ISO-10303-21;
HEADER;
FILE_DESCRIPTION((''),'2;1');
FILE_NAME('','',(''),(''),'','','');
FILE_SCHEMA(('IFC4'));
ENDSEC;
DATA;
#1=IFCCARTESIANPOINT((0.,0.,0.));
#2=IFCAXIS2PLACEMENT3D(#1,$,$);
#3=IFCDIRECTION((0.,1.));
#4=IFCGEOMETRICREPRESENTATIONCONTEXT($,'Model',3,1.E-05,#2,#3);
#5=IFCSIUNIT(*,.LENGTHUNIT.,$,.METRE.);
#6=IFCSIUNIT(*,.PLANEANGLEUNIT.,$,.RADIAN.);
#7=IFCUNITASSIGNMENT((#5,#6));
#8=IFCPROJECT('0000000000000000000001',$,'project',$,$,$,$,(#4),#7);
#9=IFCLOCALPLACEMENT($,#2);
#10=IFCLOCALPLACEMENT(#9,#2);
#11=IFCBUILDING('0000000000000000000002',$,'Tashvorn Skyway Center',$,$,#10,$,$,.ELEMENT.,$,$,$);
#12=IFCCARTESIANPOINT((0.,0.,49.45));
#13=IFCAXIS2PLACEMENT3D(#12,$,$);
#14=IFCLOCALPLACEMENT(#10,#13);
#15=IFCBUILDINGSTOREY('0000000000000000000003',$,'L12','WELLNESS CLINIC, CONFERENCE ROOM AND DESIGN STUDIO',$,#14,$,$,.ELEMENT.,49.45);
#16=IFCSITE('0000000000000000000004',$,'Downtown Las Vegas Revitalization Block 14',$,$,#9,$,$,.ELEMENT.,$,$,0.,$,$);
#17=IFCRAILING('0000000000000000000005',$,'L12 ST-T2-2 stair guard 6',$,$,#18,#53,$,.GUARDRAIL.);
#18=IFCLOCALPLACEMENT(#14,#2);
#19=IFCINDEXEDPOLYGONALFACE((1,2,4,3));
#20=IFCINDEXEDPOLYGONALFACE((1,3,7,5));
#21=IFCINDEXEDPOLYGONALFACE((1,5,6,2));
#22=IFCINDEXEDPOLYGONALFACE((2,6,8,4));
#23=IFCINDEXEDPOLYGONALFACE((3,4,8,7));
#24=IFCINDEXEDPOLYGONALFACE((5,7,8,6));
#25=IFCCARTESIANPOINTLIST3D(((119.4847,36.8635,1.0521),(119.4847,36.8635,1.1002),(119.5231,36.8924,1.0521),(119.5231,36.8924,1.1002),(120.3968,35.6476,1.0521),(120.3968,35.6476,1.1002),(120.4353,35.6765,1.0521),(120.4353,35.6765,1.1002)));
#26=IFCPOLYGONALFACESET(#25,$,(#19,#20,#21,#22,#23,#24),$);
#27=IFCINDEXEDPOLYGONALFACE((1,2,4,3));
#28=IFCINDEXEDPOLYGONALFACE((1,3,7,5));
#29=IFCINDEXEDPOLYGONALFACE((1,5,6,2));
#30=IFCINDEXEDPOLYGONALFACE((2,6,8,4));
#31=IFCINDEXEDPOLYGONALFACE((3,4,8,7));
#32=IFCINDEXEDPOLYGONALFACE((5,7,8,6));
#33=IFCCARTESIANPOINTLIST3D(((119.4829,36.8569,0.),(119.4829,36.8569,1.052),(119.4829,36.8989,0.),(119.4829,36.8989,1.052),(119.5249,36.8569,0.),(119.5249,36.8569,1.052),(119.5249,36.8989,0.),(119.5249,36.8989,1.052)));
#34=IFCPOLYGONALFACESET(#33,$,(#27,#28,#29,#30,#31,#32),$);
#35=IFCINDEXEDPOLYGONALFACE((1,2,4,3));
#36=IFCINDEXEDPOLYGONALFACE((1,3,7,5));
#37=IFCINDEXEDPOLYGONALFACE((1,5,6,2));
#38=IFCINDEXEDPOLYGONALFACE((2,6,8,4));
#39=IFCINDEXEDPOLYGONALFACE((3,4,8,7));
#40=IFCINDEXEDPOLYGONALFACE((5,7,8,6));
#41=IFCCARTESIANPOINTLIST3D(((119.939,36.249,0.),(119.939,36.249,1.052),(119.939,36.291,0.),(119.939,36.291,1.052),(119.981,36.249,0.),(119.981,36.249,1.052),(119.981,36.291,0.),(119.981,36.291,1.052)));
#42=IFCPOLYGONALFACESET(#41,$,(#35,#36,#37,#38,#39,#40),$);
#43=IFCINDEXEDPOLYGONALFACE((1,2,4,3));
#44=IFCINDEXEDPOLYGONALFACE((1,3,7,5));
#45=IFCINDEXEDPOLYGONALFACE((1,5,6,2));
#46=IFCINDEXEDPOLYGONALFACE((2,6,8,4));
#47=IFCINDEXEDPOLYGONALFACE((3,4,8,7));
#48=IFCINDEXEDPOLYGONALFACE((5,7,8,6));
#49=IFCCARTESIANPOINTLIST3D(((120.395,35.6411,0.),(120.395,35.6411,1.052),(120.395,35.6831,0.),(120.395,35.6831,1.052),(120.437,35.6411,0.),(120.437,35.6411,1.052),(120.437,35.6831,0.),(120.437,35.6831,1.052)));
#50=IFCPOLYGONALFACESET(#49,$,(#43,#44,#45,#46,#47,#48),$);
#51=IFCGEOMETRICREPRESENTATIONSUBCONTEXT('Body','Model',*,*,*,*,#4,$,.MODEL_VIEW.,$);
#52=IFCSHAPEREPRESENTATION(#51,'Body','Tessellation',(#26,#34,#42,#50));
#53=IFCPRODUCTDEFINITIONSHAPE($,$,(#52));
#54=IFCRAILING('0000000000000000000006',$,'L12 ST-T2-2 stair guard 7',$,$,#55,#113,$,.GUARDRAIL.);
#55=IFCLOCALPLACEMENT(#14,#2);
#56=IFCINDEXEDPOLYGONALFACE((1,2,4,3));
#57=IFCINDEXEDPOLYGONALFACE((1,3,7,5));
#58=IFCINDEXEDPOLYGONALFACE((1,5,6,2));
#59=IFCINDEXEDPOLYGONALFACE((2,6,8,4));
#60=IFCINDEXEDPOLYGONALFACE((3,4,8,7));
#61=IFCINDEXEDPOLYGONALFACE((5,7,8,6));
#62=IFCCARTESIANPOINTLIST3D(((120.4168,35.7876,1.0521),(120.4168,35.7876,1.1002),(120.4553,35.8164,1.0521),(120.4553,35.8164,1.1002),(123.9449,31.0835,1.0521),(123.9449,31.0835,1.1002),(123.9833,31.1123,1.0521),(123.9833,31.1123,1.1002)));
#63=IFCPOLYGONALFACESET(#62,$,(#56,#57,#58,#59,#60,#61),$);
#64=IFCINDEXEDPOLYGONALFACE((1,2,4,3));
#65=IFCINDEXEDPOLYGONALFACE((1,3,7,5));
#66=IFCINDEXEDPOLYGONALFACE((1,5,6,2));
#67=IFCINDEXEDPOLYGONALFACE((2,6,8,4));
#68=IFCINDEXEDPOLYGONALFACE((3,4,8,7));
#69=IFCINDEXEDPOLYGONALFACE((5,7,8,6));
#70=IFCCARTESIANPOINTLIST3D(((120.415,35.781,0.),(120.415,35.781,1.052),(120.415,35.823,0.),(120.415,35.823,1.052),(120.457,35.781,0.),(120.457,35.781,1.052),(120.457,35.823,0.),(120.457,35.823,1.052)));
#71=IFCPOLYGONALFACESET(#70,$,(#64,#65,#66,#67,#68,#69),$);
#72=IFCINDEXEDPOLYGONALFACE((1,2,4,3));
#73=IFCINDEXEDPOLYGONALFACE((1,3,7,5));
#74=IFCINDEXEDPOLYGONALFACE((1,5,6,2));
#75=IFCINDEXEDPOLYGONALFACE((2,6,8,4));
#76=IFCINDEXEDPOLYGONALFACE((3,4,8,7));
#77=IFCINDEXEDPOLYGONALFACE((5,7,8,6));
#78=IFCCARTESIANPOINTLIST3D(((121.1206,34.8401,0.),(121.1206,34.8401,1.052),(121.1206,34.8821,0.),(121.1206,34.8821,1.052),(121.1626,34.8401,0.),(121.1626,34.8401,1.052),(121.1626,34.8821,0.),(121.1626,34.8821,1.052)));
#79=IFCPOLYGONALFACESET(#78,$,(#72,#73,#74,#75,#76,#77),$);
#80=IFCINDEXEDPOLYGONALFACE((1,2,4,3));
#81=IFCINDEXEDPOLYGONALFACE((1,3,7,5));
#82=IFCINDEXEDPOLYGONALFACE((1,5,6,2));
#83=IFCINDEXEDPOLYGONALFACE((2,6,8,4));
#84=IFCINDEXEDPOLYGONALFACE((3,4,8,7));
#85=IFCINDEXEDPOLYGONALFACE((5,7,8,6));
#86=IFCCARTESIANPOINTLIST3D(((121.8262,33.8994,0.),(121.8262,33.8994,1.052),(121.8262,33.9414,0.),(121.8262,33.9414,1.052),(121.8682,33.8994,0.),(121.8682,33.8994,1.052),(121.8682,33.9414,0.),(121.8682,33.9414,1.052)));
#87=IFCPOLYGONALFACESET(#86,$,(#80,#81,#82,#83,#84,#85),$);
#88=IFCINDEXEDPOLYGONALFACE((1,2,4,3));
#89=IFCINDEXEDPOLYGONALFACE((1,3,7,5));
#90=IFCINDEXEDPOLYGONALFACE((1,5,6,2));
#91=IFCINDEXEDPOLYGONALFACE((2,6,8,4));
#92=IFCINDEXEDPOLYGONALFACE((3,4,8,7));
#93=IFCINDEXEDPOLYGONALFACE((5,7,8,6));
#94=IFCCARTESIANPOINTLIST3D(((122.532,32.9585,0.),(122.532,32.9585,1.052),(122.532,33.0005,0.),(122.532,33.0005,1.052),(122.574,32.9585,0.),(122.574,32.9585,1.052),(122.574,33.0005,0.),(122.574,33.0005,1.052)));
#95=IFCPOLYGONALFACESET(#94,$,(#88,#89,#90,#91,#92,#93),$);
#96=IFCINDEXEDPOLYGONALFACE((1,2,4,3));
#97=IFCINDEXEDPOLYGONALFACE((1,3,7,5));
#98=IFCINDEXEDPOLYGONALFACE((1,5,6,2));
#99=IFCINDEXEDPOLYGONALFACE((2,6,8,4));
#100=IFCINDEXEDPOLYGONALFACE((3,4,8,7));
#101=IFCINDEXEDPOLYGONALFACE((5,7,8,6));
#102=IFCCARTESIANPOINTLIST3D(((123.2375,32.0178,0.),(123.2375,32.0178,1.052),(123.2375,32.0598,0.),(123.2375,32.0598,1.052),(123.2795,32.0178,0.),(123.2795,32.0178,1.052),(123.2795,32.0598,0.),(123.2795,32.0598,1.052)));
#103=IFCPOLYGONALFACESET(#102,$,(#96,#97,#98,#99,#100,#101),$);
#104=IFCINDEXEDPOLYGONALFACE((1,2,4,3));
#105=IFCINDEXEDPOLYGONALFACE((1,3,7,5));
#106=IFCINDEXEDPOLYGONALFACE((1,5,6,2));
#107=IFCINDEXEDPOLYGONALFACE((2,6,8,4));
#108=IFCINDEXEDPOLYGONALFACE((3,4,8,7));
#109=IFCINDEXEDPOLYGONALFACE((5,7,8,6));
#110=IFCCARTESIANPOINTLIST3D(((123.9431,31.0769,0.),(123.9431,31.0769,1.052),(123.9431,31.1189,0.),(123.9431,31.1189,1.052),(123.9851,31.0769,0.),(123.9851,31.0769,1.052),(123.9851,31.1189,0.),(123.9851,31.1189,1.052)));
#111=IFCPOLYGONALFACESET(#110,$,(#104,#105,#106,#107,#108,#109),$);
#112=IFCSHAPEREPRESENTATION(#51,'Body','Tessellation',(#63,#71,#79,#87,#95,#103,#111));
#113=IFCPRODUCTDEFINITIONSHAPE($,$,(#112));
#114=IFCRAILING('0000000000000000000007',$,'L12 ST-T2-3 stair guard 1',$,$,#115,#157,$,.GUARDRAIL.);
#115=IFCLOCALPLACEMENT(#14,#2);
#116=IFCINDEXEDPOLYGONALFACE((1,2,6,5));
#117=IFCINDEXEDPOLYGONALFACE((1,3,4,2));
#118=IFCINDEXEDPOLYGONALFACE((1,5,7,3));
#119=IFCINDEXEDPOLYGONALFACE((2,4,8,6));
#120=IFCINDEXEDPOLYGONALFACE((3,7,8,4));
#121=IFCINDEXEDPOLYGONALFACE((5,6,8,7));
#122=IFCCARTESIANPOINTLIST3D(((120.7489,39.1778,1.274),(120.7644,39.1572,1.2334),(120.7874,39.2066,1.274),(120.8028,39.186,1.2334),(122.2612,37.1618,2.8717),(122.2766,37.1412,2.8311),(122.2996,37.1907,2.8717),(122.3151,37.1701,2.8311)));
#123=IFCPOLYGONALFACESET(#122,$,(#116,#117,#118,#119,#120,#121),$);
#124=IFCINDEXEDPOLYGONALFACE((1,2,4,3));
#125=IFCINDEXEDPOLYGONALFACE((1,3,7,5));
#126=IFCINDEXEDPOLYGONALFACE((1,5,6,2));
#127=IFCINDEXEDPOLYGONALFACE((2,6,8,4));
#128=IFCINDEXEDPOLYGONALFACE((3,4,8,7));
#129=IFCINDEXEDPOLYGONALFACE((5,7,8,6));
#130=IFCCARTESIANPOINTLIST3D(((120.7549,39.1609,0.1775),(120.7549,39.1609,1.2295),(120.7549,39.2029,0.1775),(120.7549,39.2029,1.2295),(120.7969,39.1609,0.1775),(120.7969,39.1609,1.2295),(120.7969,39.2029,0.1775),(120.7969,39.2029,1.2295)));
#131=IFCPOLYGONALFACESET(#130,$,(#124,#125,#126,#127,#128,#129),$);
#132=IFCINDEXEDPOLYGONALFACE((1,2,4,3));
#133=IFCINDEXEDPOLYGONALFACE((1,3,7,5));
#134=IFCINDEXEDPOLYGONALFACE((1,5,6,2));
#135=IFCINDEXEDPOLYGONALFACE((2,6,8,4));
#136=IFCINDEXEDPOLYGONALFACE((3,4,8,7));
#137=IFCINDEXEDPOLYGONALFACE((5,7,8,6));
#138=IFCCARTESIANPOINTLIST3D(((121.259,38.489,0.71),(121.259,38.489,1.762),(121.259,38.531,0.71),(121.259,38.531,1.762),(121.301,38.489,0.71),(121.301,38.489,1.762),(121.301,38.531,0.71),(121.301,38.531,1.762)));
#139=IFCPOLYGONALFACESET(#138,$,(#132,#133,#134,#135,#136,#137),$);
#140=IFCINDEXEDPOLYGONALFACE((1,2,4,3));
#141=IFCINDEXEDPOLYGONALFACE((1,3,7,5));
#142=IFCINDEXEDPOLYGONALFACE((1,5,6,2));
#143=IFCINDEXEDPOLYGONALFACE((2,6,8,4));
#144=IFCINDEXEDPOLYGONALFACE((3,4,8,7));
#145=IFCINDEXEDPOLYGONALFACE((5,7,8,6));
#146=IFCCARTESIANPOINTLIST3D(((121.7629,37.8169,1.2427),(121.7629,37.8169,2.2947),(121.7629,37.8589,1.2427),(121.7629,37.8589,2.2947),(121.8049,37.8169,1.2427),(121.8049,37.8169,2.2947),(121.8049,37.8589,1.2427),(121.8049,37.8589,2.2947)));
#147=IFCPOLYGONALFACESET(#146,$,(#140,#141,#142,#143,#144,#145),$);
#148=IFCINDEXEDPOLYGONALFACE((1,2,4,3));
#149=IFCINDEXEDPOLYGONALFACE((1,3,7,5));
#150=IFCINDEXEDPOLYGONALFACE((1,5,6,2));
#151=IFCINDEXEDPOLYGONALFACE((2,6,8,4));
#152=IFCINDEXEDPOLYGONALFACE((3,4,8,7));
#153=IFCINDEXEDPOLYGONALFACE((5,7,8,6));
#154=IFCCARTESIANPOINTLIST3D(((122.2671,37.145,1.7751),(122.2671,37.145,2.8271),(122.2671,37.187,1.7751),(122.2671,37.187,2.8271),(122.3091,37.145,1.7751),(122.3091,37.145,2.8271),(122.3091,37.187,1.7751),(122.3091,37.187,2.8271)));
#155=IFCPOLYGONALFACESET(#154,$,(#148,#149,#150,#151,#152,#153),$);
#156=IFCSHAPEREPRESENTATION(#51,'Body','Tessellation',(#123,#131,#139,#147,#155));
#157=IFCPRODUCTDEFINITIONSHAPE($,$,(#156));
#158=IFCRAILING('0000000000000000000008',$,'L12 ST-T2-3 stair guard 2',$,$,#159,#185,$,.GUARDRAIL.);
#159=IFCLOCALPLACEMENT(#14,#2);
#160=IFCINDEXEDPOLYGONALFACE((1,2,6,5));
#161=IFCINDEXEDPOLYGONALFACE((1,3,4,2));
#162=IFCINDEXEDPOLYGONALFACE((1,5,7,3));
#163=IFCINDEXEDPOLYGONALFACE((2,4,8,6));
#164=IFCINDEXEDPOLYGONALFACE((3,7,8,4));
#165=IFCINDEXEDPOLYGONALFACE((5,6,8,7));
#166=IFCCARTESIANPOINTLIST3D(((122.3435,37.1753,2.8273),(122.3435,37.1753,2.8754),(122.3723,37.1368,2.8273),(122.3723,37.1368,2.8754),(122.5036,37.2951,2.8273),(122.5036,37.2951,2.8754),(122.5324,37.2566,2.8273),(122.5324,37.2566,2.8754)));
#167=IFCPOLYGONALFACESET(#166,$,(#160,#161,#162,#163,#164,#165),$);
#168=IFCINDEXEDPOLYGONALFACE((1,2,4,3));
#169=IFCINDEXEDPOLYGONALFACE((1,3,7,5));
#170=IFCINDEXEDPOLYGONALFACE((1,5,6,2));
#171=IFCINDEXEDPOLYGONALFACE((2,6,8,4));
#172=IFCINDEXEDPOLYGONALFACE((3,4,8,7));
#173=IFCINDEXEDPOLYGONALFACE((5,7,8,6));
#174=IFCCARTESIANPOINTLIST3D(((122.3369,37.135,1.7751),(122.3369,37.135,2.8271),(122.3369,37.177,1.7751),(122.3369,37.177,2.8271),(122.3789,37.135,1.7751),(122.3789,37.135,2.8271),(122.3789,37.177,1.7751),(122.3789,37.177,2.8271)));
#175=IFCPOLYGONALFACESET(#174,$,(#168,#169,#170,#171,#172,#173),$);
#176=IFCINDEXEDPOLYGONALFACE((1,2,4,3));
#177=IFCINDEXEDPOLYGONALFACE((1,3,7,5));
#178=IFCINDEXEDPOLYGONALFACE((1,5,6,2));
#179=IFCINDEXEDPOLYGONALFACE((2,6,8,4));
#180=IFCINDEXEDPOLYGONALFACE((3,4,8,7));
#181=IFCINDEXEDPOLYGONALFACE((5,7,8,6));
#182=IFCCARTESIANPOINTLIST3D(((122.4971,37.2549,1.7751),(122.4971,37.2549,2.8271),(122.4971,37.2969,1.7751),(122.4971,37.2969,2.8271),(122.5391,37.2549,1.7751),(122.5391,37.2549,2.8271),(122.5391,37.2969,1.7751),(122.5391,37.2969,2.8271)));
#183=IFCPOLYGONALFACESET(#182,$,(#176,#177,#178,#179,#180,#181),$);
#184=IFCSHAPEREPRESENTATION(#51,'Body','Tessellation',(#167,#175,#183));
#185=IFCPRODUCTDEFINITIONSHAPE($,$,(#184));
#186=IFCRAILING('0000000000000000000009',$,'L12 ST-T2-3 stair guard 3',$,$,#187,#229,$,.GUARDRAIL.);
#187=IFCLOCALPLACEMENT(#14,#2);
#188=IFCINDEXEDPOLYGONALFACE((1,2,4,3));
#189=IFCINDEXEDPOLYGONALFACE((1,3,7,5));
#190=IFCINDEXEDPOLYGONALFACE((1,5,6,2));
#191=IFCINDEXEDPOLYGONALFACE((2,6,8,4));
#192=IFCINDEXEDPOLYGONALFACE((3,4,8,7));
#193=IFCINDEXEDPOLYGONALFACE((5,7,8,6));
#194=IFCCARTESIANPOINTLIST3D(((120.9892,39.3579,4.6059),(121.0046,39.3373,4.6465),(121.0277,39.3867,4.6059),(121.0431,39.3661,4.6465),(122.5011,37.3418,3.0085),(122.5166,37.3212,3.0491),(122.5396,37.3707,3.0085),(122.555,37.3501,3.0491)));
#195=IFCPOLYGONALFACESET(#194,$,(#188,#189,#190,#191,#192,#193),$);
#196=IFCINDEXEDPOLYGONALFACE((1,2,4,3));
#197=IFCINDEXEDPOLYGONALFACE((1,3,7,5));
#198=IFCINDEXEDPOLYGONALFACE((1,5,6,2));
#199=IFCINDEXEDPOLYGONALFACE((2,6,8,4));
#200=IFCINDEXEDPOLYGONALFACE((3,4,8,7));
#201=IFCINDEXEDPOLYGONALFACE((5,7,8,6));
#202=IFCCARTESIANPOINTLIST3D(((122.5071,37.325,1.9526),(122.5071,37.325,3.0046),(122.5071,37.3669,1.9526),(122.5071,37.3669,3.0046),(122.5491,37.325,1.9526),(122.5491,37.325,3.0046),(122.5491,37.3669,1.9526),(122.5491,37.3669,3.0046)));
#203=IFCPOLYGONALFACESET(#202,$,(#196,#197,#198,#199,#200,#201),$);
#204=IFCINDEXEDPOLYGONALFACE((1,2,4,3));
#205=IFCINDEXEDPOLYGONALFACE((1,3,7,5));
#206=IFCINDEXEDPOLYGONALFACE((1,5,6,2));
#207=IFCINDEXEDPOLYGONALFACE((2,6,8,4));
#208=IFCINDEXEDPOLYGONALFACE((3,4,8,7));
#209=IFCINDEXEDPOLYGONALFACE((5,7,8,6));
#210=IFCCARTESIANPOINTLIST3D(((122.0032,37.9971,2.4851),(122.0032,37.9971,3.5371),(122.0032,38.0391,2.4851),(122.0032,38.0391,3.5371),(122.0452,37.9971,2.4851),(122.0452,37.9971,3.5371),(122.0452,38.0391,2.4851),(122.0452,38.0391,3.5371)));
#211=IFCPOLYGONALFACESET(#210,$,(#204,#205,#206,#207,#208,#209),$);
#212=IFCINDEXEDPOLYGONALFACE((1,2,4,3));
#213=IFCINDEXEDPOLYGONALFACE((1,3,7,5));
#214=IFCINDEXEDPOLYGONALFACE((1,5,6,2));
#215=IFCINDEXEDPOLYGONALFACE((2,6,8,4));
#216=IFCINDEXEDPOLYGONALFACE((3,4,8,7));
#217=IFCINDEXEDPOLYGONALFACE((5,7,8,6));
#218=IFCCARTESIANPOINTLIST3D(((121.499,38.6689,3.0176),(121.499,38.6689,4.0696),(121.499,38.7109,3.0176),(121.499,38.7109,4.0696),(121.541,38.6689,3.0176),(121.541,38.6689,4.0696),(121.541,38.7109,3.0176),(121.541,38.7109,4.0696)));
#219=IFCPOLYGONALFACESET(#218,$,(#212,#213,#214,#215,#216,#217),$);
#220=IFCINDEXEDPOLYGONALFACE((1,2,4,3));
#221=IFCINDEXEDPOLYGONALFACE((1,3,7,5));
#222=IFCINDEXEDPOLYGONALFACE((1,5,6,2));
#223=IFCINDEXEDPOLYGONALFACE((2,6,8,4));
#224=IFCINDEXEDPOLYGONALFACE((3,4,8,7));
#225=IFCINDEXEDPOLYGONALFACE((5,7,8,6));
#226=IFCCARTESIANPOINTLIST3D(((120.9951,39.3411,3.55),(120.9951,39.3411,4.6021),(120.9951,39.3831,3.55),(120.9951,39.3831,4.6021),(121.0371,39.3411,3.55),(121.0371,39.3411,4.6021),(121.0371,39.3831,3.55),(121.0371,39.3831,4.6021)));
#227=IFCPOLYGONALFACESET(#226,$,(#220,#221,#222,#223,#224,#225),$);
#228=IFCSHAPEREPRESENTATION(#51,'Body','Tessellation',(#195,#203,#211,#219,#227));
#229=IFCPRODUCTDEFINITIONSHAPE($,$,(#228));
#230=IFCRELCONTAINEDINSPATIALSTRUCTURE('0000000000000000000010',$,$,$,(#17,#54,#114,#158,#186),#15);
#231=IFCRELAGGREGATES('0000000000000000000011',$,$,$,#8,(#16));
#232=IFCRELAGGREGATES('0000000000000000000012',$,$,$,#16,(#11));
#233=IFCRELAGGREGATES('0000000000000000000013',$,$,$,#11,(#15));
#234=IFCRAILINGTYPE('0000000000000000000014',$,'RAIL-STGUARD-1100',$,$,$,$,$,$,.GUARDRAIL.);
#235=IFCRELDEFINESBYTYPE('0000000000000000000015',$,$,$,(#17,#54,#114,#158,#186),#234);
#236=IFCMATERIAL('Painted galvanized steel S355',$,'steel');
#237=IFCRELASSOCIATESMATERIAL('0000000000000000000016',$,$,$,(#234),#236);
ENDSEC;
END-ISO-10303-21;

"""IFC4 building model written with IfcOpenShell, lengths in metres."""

from ifc_helpers import new_model, si_unit, direction, frame, origin, origin_2d, place, context, subcontext, project, spatial, rectangle, extrude, material, type_object, element, save


model = new_model("IFC4")

# Units and contexts
model_context = context("Model", 3, precision=1e-05, world=origin(), true_north=direction((0.0, 1.0)))
body_context = subcontext(model_context, "Body", "Model", "MODEL_VIEW")
ifc_project = project(units=[si_unit("LENGTHUNIT", "METRE"), si_unit("PLANEANGLEUNIT", "RADIAN")], contexts=[model_context])

# Site, building, storey
site_placement = place(None, origin())
site = spatial("IfcSite", under=ifc_project, at=site_placement, Name="Downtown Las Vegas Revitalization Block 14", CompositionType="ELEMENT", RefElevation=0.0)
building_placement = place(site_placement, origin())
building = spatial("IfcBuilding", under=site, at=building_placement, Name="Tashvorn Skyway Center", CompositionType="ELEMENT")
storey_placement = place(building_placement, frame((0.0, 0.0, 49.45)))
storey = spatial("IfcBuildingStorey", under=building, at=storey_placement, Name="L12", Description="WELLNESS CLINIC, CONFERENCE ROOM AND DESIGN STUDIO", CompositionType="ELEMENT", Elevation=49.45)

# Railings
ifc_material_1 = material(Name="Painted galvanized steel S355", Category="steel")
railing_type_1 = type_object("IfcRailingType", Name="RAIL-STGUARD-1100", PredefinedType="GUARDRAIL", material=ifc_material_1)
railing_1_placement = place(storey_placement, frame((119.5039, 36.8779, 0.0)))
element("IfcRailing", 1, at=railing_1_placement, inside=storey, type_object=railing_type_1, Name="L12 ST-T2-2 stair guard 6", PredefinedType="GUARDRAIL", context=body_context, shape_type="SweptSolid", body=[
    extrude(rectangle(XDim=0.0481, YDim=0.0481, at=origin_2d()), frame((0.0, 0.0, 1.0762), z_axis=(0.600103, -0.799923, 0.0), x_axis=(0.799923, 0.600103, 0.0)), (0.0, 0.0, 1.0), 1.52),
    extrude(rectangle(XDim=0.042, YDim=0.042, at=origin_2d()), origin(), (0.0, 0.0, 1.0), 1.052),
    extrude(rectangle(XDim=0.042, YDim=0.042, at=origin_2d()), frame((0.4561, -0.6079, 0.0)), (0.0, 0.0, 1.0), 1.052),
    extrude(rectangle(XDim=0.042, YDim=0.042, at=origin_2d()), frame((0.9121, -1.2158, 0.0)), (0.0, 0.0, 1.0), 1.052),
])
railing_2_placement = place(storey_placement, frame((120.436, 35.802, 0.0)))
element("IfcRailing", 2, at=railing_2_placement, inside=storey, type_object=railing_type_1, Name="L12 ST-T2-2 stair guard 7", PredefinedType="GUARDRAIL", context=body_context, shape_type="SweptSolid", body=[
    extrude(rectangle(XDim=0.0481, YDim=0.0481, at=origin_2d()), frame((0.0, 0.0, 1.0762), z_axis=(0.6, -0.8, 0.0), x_axis=(0.8, 0.6, 0.0)), (0.0, 0.0, 1.0), 5.8801),
    extrude(rectangle(XDim=0.042, YDim=0.042, at=origin_2d()), origin(), (0.0, 0.0, 1.0), 1.052),
    extrude(rectangle(XDim=0.042, YDim=0.042, at=origin_2d()), frame((0.7056, -0.9409, 0.0)), (0.0, 0.0, 1.0), 1.052),
    extrude(rectangle(XDim=0.042, YDim=0.042, at=origin_2d()), frame((1.4111, -1.8816, 0.0)), (0.0, 0.0, 1.0), 1.052),
    extrude(rectangle(XDim=0.042, YDim=0.042, at=origin_2d()), frame((2.1169, -2.8225, 0.0)), (0.0, 0.0, 1.0), 1.052),
    extrude(rectangle(XDim=0.042, YDim=0.042, at=origin_2d()), frame((2.8225, -3.7632, 0.0)), (0.0, 0.0, 1.0), 1.052),
    extrude(rectangle(XDim=0.042, YDim=0.042, at=origin_2d()), frame((3.5281, -4.7041, 0.0)), (0.0, 0.0, 1.0), 1.052),
])
railing_3_placement = place(storey_placement, frame((120.7759, 39.1819, 0.1775)))
element("IfcRailing", 3, at=railing_3_placement, inside=storey, type_object=railing_type_1, Name="L12 ST-T2-3 stair guard 1", PredefinedType="GUARDRAIL", context=body_context, shape_type="SweptSolid", body=[
    extrude(rectangle(XDim=0.0481, YDim=0.0481, at=origin_2d()), frame((0.0, 0.0, 1.0762), z_axis=(0.506807, -0.675607, 0.535445), x_axis=(0.799942, 0.600078, 0.0)), (0.0, 0.0, 1.0), 2.9839),
    extrude(rectangle(XDim=0.042, YDim=0.042, at=origin_2d()), origin(), (0.0, 0.0, 1.0), 1.052),
    extrude(rectangle(XDim=0.042, YDim=0.042, at=origin_2d()), frame((0.5042, -0.6719, 0.5325)), (0.0, 0.0, 1.0), 1.052),
    extrude(rectangle(XDim=0.042, YDim=0.042, at=origin_2d()), frame((1.0081, -1.344, 1.0652)), (0.0, 0.0, 1.0), 1.052),
    extrude(rectangle(XDim=0.042, YDim=0.042, at=origin_2d()), frame((1.5122, -2.0159, 1.5977)), (0.0, 0.0, 1.0), 1.052),
])
railing_4_placement = place(storey_placement, frame((122.3579, 37.156, 1.7751)))
element("IfcRailing", 4, at=railing_4_placement, inside=storey, type_object=railing_type_1, Name="L12 ST-T2-3 stair guard 2", PredefinedType="GUARDRAIL", context=body_context, shape_type="SweptSolid", body=[
    extrude(rectangle(XDim=0.0481, YDim=0.0481, at=origin_2d()), frame((0.0, 0.0, 1.0762), z_axis=(0.800585, 0.599219, 0.0), x_axis=(-0.599219, 0.800585, 0.0)), (0.0, 0.0, 1.0), 0.2),
    extrude(rectangle(XDim=0.042, YDim=0.042, at=origin_2d()), origin(), (0.0, 0.0, 1.0), 1.052),
    extrude(rectangle(XDim=0.042, YDim=0.042, at=origin_2d()), frame((0.1602, 0.1199, 0.0)), (0.0, 0.0, 1.0), 1.052),
])
railing_5_placement = place(storey_placement, frame((122.5281, 37.3459, 1.9526)))
element("IfcRailing", 5, at=railing_5_placement, inside=storey, type_object=railing_type_1, Name="L12 ST-T2-3 stair guard 3", PredefinedType="GUARDRAIL", context=body_context, shape_type="SweptSolid", body=[
    extrude(rectangle(XDim=0.0481, YDim=0.0481, at=origin_2d()), frame((0.0, 0.0, 1.0762), z_axis=(-0.506741, 0.675709, 0.535379), x_axis=(-0.800023, -0.599969, 0.0)), (0.0, 0.0, 1.0), 2.9836),
    extrude(rectangle(XDim=0.042, YDim=0.042, at=origin_2d()), origin(), (0.0, 0.0, 1.0), 1.052),
    extrude(rectangle(XDim=0.042, YDim=0.042, at=origin_2d()), frame((-0.5039, 0.6721, 0.5325)), (0.0, 0.0, 1.0), 1.052),
    extrude(rectangle(XDim=0.042, YDim=0.042, at=origin_2d()), frame((-1.0081, 1.344, 1.0649)), (0.0, 0.0, 1.0), 1.052),
    extrude(rectangle(XDim=0.042, YDim=0.042, at=origin_2d()), frame((-1.512, 2.0161, 1.5974)), (0.0, 0.0, 1.0), 1.052),
])

save(model, "model.ifc")
